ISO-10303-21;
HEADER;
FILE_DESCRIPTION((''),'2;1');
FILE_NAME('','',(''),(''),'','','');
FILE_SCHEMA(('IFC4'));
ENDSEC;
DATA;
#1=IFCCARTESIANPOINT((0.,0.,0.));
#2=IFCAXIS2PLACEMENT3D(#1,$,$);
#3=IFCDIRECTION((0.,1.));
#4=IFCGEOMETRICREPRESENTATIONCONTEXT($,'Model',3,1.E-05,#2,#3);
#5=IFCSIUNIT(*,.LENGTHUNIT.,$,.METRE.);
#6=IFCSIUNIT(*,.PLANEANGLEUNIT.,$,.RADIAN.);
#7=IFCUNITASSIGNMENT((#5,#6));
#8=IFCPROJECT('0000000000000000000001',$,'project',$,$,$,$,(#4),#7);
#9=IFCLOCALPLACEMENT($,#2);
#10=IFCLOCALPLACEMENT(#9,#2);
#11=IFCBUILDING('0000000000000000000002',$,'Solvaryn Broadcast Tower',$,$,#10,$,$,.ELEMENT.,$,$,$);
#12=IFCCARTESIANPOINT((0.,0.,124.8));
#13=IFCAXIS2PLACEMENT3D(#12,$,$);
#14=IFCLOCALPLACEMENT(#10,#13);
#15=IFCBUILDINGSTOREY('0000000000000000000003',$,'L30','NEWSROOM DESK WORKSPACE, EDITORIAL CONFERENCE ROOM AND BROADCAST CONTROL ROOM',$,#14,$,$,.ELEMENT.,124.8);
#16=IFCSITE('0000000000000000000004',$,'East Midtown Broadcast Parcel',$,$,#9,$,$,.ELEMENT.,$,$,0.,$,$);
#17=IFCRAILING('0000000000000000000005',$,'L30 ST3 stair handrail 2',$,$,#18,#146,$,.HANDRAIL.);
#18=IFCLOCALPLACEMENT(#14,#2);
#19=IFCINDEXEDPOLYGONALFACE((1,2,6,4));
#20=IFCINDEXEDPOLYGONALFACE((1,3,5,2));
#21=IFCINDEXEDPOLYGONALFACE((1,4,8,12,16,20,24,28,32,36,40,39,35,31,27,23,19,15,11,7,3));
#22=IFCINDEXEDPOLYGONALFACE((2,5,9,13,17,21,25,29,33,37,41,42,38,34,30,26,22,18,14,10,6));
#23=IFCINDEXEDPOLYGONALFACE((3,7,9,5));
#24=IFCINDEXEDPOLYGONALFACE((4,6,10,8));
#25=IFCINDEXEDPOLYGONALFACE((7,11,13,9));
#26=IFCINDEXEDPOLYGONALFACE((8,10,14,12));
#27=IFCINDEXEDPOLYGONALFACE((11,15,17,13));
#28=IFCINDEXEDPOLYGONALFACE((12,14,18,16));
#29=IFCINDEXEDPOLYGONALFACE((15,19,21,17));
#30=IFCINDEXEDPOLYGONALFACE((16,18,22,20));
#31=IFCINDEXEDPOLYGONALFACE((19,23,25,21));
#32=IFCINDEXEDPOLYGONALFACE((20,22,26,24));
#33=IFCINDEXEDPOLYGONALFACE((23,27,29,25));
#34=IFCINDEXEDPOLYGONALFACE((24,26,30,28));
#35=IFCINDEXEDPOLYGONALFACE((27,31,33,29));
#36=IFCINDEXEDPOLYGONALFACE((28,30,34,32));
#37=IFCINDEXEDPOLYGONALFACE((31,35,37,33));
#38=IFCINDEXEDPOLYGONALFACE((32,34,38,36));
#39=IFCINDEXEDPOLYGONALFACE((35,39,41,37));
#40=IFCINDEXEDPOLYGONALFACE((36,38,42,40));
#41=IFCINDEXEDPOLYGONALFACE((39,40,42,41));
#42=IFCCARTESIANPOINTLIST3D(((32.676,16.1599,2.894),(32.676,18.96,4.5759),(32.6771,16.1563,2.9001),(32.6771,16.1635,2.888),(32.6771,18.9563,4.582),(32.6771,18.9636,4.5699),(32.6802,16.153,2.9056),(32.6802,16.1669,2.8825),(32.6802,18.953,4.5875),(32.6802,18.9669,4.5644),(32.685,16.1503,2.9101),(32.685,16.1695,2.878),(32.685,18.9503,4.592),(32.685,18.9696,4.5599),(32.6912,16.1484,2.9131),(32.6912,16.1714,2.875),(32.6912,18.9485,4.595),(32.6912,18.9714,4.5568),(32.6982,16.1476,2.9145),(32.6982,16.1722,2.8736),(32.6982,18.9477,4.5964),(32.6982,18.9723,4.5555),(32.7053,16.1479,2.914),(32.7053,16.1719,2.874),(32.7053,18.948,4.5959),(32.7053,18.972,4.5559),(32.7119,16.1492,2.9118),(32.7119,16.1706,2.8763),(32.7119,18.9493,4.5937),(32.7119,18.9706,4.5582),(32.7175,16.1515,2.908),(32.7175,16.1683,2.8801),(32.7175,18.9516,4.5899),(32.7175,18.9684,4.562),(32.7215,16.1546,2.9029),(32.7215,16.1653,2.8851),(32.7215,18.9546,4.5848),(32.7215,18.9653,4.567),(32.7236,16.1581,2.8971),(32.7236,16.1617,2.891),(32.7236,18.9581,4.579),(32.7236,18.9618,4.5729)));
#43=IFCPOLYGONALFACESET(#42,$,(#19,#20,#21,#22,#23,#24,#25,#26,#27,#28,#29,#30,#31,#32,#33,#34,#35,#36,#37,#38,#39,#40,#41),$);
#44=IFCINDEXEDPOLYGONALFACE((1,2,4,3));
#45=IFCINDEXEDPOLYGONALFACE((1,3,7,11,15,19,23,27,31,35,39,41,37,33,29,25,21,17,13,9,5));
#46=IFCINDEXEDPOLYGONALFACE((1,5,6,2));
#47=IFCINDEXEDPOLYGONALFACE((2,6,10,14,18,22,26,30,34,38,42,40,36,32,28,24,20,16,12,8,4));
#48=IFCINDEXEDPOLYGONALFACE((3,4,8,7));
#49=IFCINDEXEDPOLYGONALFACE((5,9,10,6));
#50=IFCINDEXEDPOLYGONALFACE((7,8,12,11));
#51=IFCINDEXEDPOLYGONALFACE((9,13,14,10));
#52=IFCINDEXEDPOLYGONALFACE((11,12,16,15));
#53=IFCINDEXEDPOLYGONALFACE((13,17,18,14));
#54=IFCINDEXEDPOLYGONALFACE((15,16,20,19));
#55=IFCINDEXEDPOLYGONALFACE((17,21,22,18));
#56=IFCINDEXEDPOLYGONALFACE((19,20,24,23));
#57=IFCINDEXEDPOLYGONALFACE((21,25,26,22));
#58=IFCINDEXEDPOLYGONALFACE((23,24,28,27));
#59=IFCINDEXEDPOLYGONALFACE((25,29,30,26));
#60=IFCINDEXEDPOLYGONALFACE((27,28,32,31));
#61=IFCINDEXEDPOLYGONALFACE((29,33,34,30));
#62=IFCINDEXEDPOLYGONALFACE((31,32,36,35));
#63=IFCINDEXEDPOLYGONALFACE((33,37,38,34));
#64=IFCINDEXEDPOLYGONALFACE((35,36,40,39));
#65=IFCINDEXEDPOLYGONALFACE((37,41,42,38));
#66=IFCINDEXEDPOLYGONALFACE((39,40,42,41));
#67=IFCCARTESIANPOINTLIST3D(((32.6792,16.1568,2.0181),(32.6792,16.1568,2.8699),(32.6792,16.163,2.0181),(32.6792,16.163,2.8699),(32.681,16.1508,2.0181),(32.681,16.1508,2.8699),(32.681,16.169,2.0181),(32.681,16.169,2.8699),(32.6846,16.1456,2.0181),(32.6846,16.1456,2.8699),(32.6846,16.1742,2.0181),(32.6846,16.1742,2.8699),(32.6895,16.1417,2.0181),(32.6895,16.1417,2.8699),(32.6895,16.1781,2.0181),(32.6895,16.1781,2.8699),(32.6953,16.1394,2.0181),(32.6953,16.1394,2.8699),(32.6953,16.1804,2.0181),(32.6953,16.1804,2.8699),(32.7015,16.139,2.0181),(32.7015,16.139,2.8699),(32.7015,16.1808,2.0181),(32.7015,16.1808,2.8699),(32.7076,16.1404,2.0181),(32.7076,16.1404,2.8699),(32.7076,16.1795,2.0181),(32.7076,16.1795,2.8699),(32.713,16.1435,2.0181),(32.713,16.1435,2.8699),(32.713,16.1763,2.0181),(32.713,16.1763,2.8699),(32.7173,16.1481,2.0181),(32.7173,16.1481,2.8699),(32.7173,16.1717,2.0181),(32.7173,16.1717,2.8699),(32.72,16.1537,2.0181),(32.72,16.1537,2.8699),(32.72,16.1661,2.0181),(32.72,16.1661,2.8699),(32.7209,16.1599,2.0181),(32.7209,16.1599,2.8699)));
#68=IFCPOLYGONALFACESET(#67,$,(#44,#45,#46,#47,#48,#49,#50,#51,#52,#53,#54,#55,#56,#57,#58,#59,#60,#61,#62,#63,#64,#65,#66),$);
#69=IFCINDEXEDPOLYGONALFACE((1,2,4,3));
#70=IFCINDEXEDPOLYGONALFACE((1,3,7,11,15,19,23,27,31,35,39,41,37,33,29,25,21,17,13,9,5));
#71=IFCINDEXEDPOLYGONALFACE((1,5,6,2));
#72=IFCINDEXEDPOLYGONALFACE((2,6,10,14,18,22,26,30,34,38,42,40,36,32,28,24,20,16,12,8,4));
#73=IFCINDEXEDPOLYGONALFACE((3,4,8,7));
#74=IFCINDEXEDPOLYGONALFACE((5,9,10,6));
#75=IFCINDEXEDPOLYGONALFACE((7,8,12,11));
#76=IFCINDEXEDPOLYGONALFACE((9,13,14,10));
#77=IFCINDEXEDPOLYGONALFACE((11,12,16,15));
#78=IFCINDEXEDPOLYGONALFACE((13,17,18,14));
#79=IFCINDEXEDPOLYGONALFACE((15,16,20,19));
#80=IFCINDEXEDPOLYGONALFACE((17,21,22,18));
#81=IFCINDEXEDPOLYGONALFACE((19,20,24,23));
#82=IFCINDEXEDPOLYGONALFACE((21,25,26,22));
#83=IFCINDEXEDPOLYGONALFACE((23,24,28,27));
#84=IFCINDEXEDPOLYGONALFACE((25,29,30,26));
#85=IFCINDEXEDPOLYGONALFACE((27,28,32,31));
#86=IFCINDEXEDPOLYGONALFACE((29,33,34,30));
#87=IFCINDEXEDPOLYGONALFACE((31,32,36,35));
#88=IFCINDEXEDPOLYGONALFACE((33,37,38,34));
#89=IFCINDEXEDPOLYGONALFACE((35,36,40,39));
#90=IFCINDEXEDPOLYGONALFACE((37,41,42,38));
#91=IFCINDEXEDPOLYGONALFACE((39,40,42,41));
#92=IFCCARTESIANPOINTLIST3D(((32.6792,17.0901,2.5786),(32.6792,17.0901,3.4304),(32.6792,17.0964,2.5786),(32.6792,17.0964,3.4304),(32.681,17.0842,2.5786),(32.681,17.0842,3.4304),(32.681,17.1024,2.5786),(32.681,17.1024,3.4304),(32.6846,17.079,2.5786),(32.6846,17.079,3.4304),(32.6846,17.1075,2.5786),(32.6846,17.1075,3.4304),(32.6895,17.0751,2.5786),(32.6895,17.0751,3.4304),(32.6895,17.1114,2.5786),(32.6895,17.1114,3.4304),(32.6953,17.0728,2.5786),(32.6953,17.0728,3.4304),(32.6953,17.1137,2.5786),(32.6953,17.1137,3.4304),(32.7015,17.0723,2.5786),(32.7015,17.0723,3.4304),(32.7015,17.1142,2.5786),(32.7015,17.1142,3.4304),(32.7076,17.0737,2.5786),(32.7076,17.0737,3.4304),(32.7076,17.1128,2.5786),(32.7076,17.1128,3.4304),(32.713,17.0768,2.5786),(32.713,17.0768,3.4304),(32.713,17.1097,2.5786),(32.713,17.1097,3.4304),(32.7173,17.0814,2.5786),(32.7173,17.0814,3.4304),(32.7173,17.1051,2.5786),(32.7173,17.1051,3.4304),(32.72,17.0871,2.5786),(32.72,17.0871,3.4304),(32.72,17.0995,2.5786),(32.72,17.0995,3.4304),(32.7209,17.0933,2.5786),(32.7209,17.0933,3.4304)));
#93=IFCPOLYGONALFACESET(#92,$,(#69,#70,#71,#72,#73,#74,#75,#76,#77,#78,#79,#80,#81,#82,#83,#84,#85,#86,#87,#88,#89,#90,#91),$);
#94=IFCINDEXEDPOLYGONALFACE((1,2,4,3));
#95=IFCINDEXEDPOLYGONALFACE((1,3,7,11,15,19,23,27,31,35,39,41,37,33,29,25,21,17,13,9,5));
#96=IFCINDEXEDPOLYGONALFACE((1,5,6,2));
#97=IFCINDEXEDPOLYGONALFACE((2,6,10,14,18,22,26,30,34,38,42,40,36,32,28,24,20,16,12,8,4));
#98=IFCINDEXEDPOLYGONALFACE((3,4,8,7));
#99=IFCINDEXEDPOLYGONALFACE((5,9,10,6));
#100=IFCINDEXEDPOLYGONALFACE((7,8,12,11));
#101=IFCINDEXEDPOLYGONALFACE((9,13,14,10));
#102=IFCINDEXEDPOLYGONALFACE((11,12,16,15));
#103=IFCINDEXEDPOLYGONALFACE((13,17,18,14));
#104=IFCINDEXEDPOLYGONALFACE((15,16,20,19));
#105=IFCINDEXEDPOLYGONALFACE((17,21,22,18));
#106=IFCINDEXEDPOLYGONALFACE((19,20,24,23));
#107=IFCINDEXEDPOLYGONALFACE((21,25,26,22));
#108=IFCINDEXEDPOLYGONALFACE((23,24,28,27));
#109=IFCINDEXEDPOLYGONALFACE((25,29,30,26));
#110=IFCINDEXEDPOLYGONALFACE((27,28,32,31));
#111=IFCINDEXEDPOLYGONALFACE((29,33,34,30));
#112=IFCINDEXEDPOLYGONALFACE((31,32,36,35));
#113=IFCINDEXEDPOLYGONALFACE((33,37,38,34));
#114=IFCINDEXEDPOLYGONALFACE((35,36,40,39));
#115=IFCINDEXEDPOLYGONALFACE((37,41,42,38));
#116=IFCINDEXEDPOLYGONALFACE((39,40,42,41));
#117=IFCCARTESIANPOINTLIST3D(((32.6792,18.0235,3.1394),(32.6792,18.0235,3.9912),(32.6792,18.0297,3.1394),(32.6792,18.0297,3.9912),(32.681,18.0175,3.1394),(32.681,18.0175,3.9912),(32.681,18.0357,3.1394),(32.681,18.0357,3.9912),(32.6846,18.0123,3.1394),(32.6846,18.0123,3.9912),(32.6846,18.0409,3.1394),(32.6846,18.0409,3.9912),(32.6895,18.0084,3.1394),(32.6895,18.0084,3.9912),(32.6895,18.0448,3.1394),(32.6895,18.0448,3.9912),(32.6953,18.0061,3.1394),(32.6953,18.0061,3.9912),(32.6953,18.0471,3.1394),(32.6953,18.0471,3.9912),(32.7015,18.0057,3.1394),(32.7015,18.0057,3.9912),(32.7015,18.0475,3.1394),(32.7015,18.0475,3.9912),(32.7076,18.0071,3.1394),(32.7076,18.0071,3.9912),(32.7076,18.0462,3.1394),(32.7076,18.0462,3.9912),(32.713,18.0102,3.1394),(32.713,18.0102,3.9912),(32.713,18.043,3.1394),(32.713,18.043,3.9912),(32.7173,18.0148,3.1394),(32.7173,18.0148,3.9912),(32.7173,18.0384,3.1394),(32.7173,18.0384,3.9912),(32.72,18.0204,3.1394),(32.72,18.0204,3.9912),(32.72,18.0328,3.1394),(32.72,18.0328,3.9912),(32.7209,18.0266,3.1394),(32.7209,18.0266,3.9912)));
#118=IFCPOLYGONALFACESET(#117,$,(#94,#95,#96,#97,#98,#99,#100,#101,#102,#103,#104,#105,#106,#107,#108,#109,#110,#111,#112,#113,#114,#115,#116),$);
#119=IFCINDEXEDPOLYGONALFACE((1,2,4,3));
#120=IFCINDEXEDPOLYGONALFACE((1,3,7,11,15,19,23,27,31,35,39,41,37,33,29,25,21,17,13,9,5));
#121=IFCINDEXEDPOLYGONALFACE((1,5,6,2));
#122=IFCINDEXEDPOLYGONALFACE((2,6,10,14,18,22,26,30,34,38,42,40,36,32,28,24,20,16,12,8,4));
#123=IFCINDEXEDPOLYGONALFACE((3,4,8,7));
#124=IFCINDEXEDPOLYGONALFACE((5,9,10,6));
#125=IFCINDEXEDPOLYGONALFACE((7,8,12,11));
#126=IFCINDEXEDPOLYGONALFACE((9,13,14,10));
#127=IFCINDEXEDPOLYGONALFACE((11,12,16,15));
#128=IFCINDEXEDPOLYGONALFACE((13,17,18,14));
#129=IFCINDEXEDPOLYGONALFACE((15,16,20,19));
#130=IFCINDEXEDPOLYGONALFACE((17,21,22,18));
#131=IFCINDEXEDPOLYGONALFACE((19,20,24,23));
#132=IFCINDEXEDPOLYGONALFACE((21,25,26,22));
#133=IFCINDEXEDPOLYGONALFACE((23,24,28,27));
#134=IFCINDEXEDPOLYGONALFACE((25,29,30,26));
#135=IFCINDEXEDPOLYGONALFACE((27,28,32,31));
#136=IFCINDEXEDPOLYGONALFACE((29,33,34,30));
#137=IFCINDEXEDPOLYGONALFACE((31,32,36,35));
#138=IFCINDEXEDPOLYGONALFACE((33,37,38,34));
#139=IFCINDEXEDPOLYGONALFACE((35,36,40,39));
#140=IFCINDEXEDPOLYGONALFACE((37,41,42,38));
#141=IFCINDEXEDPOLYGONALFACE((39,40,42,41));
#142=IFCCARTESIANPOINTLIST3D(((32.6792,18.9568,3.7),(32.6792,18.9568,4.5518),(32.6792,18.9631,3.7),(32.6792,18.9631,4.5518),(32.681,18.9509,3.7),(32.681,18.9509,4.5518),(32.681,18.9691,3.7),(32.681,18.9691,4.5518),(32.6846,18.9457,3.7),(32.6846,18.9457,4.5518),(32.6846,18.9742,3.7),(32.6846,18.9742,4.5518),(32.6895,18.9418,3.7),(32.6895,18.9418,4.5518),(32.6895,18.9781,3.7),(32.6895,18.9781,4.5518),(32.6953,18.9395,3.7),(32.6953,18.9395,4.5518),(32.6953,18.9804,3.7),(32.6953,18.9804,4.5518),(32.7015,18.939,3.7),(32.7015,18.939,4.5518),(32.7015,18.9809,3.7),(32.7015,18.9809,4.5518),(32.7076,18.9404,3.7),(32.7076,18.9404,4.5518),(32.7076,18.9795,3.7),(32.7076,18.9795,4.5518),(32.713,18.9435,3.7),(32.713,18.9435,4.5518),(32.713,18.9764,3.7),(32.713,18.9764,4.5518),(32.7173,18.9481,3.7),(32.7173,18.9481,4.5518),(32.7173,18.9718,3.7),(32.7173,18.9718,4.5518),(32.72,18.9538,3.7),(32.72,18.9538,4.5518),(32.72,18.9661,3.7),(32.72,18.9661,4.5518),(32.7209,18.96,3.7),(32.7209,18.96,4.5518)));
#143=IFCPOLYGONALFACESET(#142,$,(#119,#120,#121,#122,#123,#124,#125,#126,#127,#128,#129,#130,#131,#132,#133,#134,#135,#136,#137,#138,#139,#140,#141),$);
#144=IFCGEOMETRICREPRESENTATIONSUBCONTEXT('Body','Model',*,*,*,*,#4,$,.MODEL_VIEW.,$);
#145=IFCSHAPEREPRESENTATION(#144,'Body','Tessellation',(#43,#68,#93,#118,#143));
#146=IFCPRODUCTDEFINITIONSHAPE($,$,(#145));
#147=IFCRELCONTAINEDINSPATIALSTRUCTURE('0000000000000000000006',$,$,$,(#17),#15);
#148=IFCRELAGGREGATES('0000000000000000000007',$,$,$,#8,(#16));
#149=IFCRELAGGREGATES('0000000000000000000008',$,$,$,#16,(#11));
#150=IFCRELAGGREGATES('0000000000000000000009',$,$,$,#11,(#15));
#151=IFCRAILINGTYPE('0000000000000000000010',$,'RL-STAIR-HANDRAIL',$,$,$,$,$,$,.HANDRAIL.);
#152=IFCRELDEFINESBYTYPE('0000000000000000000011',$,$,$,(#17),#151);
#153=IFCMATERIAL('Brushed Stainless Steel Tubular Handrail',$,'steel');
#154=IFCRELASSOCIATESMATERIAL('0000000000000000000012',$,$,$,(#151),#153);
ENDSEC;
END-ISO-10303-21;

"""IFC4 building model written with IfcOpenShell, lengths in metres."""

from ifc_helpers import new_model, si_unit, direction, frame, origin, origin_2d, place, context, subcontext, project, spatial, circle, extrude, material, type_object, element, save


model = new_model("IFC4")

# Units and contexts
model_context = context("Model", 3, precision=1e-05, world=origin(), true_north=direction((0.0, 1.0)))
body_context = subcontext(model_context, "Body", "Model", "MODEL_VIEW")
ifc_project = project(units=[si_unit("LENGTHUNIT", "METRE"), si_unit("PLANEANGLEUNIT", "RADIAN")], contexts=[model_context])

# Site, building, storey
site_placement = place(None, origin())
site = spatial("IfcSite", under=ifc_project, at=site_placement, Name="East Midtown Broadcast Parcel", CompositionType="ELEMENT", RefElevation=0.0)
building_placement = place(site_placement, origin())
building = spatial("IfcBuilding", under=site, at=building_placement, Name="Solvaryn Broadcast Tower", CompositionType="ELEMENT")
storey_placement = place(building_placement, frame((0.0, 0.0, 124.8)))
storey = spatial("IfcBuildingStorey", under=building, at=storey_placement, Name="L30", Description="NEWSROOM DESK WORKSPACE, EDITORIAL CONFERENCE ROOM AND BROADCAST CONTROL ROOM", CompositionType="ELEMENT", Elevation=124.8)

# Railing
ifc_material_1 = material(Name="Brushed Stainless Steel Tubular Handrail", Category="steel")
railing_type_1 = type_object("IfcRailingType", Name="RL-STAIR-HANDRAIL", PredefinedType="HANDRAIL", material=ifc_material_1)
railing_1_placement = place(storey_placement, frame((32.7, 16.1599, 2.0181)))
element("IfcRailing", 1, at=railing_1_placement, inside=storey, type_object=railing_type_1, Name="L30 ST3 stair handrail 2", PredefinedType="HANDRAIL", context=body_context, shape_type="SweptSolid", body=[
    extrude(circle(Radius=0.0239, at=origin_2d()), frame((0.0, 0.0, 0.876), z_axis=(0.0, 0.857242, 0.514913), x_axis=(-1.0, 0.0, 0.0)), (0.0, 0.0, 1.0), 3.2664),
    extrude(circle(Radius=0.021, at=origin_2d()), origin(), (0.0, 0.0, 1.0), 0.8518),
    extrude(circle(Radius=0.021, at=origin_2d()), frame((0.0, 0.9333, 0.5605)), (0.0, 0.0, 1.0), 0.8518),
    extrude(circle(Radius=0.021, at=origin_2d()), frame((0.0, 1.8667, 1.1213)), (0.0, 0.0, 1.0), 0.8518),
    extrude(circle(Radius=0.021, at=origin_2d()), frame((0.0, 2.8, 1.6819)), (0.0, 0.0, 1.0), 0.8518),
])

save(model, "model.ifc")
